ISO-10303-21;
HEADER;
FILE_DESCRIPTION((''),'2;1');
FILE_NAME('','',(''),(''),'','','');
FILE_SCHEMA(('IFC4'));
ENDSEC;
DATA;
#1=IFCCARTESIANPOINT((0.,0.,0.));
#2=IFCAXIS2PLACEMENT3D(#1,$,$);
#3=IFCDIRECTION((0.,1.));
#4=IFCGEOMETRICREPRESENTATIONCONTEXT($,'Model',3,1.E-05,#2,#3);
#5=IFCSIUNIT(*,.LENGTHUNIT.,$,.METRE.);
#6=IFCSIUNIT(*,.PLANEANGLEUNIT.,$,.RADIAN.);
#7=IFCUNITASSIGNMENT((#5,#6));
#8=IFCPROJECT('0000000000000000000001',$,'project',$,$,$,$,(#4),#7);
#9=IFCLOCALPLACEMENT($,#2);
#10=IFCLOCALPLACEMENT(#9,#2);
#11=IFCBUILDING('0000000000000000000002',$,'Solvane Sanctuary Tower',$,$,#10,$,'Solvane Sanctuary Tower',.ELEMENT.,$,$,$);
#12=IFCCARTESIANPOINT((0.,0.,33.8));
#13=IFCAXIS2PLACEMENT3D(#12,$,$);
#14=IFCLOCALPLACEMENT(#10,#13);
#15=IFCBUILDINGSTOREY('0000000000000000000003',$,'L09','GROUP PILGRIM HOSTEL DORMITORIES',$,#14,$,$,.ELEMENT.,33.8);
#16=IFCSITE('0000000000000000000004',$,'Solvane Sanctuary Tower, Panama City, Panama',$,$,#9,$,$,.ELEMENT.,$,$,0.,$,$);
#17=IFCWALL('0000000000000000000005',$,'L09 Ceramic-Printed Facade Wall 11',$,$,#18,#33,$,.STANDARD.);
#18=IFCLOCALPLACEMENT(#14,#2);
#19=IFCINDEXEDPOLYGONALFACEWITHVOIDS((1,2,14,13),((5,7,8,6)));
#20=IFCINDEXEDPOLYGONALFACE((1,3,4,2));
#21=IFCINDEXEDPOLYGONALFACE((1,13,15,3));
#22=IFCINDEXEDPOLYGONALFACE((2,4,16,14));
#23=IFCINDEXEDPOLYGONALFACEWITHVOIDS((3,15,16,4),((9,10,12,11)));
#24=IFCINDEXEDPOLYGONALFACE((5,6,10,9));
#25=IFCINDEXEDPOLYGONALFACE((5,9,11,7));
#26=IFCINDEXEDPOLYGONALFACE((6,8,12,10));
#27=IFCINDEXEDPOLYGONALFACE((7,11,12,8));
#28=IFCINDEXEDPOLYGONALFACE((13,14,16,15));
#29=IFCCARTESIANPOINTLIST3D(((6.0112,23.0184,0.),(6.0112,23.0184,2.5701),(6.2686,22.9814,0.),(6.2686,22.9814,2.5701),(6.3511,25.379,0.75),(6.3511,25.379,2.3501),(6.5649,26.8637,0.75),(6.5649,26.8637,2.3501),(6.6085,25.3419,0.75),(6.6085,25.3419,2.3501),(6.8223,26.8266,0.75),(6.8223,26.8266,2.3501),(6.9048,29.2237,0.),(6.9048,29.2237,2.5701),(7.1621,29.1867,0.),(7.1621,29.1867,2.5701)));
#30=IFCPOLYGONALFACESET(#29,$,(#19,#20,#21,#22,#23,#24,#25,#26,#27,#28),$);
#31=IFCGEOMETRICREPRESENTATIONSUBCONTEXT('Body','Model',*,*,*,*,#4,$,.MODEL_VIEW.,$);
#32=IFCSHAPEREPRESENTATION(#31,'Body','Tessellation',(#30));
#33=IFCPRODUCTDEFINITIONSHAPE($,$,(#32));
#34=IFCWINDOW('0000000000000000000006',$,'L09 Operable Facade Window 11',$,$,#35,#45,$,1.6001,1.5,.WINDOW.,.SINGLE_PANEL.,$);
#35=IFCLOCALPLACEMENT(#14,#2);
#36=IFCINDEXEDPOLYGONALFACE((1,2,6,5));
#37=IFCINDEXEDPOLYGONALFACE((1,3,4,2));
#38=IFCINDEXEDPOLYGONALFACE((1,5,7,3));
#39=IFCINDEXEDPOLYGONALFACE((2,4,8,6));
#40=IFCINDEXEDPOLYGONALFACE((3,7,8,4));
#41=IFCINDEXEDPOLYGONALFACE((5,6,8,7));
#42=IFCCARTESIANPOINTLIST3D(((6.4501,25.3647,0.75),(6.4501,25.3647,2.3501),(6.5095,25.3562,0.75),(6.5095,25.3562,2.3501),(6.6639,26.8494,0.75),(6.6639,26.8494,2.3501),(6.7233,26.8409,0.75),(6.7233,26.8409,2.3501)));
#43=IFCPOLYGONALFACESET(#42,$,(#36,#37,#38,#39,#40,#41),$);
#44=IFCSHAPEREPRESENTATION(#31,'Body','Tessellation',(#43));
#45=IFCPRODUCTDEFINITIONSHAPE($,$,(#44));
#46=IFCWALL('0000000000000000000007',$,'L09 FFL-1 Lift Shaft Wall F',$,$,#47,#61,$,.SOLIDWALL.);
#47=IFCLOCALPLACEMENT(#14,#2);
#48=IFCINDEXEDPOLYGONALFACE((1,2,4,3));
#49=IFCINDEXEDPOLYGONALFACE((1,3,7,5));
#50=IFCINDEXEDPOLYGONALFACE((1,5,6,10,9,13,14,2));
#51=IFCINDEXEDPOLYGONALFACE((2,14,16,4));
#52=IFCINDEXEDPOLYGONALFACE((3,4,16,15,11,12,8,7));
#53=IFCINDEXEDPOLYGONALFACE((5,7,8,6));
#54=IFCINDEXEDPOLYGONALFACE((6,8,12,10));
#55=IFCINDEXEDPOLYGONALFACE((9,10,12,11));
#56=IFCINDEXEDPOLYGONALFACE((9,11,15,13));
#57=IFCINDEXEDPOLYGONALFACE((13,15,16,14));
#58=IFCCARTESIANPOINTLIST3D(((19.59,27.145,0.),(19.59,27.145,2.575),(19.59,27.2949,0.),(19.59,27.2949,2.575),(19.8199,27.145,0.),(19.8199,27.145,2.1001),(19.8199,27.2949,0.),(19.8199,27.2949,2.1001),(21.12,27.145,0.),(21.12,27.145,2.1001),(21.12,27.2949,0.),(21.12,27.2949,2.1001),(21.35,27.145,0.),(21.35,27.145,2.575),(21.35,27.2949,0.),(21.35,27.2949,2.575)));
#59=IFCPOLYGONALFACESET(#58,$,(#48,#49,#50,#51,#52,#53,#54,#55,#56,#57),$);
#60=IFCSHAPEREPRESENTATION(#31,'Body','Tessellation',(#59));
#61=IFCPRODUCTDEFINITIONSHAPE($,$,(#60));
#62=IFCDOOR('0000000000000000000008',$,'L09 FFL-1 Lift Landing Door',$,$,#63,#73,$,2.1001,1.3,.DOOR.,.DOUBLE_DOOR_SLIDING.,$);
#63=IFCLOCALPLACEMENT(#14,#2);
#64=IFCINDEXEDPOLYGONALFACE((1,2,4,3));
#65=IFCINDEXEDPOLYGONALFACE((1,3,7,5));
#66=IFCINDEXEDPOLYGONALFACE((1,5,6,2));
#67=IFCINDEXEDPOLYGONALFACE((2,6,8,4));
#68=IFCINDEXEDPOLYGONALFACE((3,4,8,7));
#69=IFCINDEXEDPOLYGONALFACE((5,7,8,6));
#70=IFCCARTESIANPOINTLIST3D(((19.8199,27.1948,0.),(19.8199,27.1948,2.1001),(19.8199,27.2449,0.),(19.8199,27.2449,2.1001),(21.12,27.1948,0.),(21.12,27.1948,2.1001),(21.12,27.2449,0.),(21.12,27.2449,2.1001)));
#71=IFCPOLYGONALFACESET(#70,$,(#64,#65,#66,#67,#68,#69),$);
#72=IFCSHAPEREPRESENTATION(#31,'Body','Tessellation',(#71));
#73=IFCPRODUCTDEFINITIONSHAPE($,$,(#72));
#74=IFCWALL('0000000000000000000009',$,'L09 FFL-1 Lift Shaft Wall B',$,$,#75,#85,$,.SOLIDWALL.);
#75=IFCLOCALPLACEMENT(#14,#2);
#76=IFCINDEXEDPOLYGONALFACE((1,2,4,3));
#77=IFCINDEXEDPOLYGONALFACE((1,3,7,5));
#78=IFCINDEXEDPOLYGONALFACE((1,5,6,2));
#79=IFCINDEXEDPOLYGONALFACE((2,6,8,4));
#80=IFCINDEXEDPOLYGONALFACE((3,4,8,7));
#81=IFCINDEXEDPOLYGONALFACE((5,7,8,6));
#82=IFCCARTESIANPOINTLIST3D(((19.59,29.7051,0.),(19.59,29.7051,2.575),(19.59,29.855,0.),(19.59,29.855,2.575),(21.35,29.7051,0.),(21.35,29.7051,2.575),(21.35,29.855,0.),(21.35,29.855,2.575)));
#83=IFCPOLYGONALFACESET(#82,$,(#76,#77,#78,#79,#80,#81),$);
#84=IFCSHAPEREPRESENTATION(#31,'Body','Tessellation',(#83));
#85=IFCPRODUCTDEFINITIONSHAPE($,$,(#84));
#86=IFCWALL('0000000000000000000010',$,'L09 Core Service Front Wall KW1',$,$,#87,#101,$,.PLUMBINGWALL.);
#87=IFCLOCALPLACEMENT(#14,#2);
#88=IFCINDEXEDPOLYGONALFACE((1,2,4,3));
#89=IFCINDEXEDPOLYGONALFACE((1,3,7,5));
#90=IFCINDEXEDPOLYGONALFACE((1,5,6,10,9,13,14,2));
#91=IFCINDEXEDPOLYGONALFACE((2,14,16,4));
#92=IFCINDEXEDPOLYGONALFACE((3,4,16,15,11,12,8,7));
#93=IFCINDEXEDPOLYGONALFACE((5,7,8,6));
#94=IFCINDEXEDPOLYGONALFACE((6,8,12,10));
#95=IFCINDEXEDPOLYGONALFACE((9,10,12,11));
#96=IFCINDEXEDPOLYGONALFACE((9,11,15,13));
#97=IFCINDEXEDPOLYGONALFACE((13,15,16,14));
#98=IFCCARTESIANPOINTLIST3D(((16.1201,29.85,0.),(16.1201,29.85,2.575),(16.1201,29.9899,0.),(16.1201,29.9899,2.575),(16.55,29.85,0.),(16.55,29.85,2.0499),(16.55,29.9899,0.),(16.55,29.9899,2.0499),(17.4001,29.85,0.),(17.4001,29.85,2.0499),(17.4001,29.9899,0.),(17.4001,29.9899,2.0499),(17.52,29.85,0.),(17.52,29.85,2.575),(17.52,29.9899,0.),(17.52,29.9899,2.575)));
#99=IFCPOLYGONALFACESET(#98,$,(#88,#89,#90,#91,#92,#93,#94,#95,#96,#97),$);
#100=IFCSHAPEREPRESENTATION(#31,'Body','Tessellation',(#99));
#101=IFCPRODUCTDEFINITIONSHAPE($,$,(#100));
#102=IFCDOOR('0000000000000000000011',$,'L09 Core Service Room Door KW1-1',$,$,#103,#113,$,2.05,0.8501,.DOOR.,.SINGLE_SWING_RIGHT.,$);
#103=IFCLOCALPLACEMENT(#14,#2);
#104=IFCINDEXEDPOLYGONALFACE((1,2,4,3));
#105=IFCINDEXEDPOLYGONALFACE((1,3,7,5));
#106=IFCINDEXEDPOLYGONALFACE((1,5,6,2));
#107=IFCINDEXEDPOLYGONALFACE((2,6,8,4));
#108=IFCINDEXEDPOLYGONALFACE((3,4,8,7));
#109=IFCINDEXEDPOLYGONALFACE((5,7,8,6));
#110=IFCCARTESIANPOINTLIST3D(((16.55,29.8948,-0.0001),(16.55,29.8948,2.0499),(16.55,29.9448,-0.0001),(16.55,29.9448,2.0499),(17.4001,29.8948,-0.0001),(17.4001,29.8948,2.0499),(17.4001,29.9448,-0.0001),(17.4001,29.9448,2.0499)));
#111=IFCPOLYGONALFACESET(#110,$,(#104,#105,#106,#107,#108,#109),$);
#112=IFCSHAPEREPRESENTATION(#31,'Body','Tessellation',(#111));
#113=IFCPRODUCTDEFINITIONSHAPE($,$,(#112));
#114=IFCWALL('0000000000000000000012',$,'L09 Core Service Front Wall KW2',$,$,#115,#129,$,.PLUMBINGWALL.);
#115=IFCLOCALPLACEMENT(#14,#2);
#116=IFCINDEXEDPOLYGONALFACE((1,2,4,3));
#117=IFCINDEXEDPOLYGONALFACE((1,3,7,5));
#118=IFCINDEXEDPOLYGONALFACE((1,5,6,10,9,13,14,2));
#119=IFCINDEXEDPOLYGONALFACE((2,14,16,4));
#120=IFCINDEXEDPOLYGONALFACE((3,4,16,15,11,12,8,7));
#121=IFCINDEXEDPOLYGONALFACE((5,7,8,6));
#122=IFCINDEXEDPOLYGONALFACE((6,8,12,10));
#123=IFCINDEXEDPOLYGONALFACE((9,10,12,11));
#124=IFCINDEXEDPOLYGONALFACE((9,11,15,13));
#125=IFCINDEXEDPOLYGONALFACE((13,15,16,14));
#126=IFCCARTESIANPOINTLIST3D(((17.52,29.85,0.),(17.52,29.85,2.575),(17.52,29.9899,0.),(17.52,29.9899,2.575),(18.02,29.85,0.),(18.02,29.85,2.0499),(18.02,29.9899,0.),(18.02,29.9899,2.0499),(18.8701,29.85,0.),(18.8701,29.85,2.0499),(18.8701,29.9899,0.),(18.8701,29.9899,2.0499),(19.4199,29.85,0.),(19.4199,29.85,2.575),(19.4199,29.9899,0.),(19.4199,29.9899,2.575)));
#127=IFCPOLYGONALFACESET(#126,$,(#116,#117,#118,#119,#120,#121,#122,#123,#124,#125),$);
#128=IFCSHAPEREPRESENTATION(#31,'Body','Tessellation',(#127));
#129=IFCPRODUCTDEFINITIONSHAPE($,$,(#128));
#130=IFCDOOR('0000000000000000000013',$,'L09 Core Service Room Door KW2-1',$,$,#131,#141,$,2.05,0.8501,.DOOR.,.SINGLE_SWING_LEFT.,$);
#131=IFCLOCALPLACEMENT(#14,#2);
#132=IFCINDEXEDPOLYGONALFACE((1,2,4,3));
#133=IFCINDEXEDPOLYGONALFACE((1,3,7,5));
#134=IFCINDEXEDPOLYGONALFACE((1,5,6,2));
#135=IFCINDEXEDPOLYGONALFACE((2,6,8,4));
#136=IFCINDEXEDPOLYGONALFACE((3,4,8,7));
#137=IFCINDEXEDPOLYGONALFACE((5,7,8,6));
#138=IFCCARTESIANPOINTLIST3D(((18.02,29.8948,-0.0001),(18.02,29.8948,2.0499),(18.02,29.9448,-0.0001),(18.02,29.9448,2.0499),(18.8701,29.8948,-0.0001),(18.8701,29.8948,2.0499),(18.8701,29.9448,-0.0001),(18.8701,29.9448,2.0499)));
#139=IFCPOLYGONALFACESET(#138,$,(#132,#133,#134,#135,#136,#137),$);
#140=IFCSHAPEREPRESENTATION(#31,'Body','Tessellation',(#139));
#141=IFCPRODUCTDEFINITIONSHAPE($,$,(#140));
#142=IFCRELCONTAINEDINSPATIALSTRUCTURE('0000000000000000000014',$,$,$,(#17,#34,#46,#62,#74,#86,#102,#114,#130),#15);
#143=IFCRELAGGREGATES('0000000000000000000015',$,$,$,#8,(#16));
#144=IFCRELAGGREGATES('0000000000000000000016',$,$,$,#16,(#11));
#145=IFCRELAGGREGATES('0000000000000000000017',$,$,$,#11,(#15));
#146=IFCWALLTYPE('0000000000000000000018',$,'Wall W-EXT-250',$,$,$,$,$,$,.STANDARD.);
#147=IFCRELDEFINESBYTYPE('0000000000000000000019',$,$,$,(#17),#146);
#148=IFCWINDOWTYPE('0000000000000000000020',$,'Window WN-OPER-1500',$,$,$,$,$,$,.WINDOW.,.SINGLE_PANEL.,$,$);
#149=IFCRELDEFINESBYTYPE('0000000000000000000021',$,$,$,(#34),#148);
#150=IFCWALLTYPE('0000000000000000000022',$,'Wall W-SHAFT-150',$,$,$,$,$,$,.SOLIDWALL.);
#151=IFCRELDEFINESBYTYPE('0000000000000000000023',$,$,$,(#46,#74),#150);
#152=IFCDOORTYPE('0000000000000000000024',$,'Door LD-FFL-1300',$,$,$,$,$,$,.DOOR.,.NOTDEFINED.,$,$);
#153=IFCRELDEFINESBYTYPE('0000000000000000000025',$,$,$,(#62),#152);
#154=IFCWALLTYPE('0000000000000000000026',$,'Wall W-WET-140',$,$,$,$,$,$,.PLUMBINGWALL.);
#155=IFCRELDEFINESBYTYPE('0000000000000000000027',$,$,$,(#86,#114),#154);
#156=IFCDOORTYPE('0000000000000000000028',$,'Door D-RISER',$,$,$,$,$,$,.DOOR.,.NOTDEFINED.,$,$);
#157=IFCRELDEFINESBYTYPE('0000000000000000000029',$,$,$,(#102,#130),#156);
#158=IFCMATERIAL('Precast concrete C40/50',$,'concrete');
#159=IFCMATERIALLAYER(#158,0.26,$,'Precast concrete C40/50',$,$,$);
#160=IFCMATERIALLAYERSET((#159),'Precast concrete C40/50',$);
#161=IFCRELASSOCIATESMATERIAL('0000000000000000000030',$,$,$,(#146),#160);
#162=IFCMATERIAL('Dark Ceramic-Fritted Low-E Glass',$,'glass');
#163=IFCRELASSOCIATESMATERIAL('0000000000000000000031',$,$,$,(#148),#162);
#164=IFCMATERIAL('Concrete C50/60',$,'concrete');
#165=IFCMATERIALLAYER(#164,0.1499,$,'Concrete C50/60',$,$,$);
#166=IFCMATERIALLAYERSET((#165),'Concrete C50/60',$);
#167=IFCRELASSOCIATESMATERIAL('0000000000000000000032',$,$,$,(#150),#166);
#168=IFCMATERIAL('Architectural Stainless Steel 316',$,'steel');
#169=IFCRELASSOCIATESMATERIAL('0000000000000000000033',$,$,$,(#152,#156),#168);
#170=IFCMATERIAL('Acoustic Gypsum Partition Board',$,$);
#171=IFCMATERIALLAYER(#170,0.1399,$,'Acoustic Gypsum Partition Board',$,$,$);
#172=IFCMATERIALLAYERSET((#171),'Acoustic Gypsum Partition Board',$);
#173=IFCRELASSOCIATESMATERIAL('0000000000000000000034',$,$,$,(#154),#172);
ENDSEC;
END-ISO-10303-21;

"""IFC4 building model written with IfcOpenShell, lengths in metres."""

from ifc_helpers import new_model, si_unit, direction, frame, frame_2d, origin, place, context, subcontext, project, spatial, rectangle, extrude, material, layer, layer_set, type_object, element, fill, save


model = new_model("IFC4")

# Units and contexts
model_context = context("Model", 3, precision=1e-05, world=origin(), true_north=direction((0.0, 1.0)))
body_context = subcontext(model_context, "Body", "Model", "MODEL_VIEW")
ifc_project = project(units=[si_unit("LENGTHUNIT", "METRE"), si_unit("PLANEANGLEUNIT", "RADIAN")], contexts=[model_context])

# Site, building, storey
site_placement = place(None, origin())
site = spatial("IfcSite", under=ifc_project, at=site_placement, Name="Solvane Sanctuary Tower, Panama City, Panama", CompositionType="ELEMENT", RefElevation=0.0)
building_placement = place(site_placement, origin())
building = spatial("IfcBuilding", under=site, at=building_placement, Name="Solvane Sanctuary Tower", LongName="Solvane Sanctuary Tower", CompositionType="ELEMENT")
storey_placement = place(building_placement, frame((0.0, 0.0, 33.8)))
storey = spatial("IfcBuildingStorey", under=building, at=storey_placement, Name="L09", Description="GROUP PILGRIM HOSTEL DORMITORIES", CompositionType="ELEMENT", Elevation=33.8)

# Shared definitions
ifc_material_1 = material(Name="Acoustic Gypsum Partition Board")

# Shared definitions
ifc_material_2 = material(Name="Precast concrete C40/50", Category="concrete")
ifc_layer_1 = layer(ifc_material_2, 0.26, Name="Precast concrete C40/50")
ifc_layer_set_1 = layer_set([ifc_layer_1], Name="Precast concrete C40/50")
wall_type_1 = type_object("IfcWallType", Name="Wall W-EXT-250", PredefinedType="STANDARD", material=ifc_layer_set_1)

# Wall, opening, window
ifc_material_3 = material(Name="Dark Ceramic-Fritted Low-E Glass", Category="glass")
wall_1_placement = place(storey_placement, frame((7.0334, 29.2053, 0.0), z_axis=(0.0, 0.0, 1.0), x_axis=(-0.142528, -0.989791, 0.0)))
wall_1 = element("IfcWall", 1, at=wall_1_placement, inside=storey, type_object=wall_type_1, Name="L09 Ceramic-Printed Facade Wall 11", PredefinedType="STANDARD", context=body_context, shape_type="SweptSolid", body=[
    extrude(rectangle(XDim=6.2693, YDim=0.26, at=frame_2d((3.1348, 0.0))), origin(), (0.0, 0.0, 1.0), 2.5701),
])
opening_1_placement = place(wall_1_placement, frame((2.3845, 0.0, 0.75)))
opening_1 = element("IfcOpeningElement", 2, at=opening_1_placement, cuts=wall_1, PredefinedType="OPENING", context=body_context, shape_type="SweptSolid", body=[
    extrude(rectangle(XDim=1.5, YDim=1.6001, at=frame_2d((0.75, 0.8))), frame((0.0, 0.1399, 0.0), z_axis=(0.0, -1.0, 0.0), x_axis=(1.0, 0.0, 0.0)), (0.0, 0.0, 1.0), 0.28),
])
window_type_1 = type_object("IfcWindowType", Name="Window WN-OPER-1500", PartitioningType="SINGLE_PANEL", PredefinedType="WINDOW", material=ifc_material_3)
window_1_placement = place(opening_1_placement, origin())
window_1 = element("IfcWindow", 3, at=window_1_placement, inside=storey, type_object=window_type_1, Name="L09 Operable Facade Window 11", OverallHeight=1.6001, OverallWidth=1.5, PartitioningType="SINGLE_PANEL", PredefinedType="WINDOW", context=body_context, shape_type="SweptSolid", body=[
    extrude(rectangle(XDim=1.5, YDim=1.6001, at=frame_2d((0.75, 0.8))), frame((0.0, 0.03, 0.0), z_axis=(0.0, -1.0, 0.0), x_axis=(1.0, 0.0, 0.0)), (0.0, 0.0, 1.0), 0.0601),
])
fill(opening_1, window_1)

# Wall, opening, door
ifc_material_4 = material(Name="Concrete C50/60", Category="concrete")
ifc_layer_2 = layer(ifc_material_4, 0.1499, Name="Concrete C50/60")
ifc_layer_set_2 = layer_set([ifc_layer_2], Name="Concrete C50/60")
wall_type_2 = type_object("IfcWallType", Name="Wall W-SHAFT-150", PredefinedType="SOLIDWALL", material=ifc_layer_set_2)
wall_2_placement = place(storey_placement, frame((19.5901, 27.22, 0.0), z_axis=(0.0, 0.0, 1.0), x_axis=(1.0, 0.0, 0.0)))
wall_2 = element("IfcWall", 4, at=wall_2_placement, inside=storey, type_object=wall_type_2, Name="L09 FFL-1 Lift Shaft Wall F", PredefinedType="SOLIDWALL", context=body_context, shape_type="SweptSolid", body=[
    extrude(rectangle(XDim=1.76, YDim=0.1499, at=frame_2d((0.8799, 0.0))), origin(), (0.0, 0.0, 1.0), 2.575),
])
opening_2_placement = place(wall_2_placement, frame((0.23, 0.0, 0.0)))
opening_2 = element("IfcOpeningElement", 5, at=opening_2_placement, cuts=wall_2, PredefinedType="OPENING", context=body_context, shape_type="SweptSolid", body=[
    extrude(rectangle(XDim=1.3, YDim=2.1001, at=frame_2d((0.6499, 1.05))), frame((0.0, 0.085, 0.0), z_axis=(0.0, -1.0, 0.0), x_axis=(1.0, 0.0, 0.0)), (0.0, 0.0, 1.0), 0.1699),
])
ifc_material_5 = material(Name="Architectural Stainless Steel 316", Category="steel")
door_type_1 = type_object("IfcDoorType", Name="Door LD-FFL-1300", OperationType="NOTDEFINED", PredefinedType="DOOR", material=ifc_material_5)
door_1_placement = place(opening_2_placement, origin())
door_1 = element("IfcDoor", 6, at=door_1_placement, inside=storey, type_object=door_type_1, Name="L09 FFL-1 Lift Landing Door", OperationType="DOUBLE_DOOR_SLIDING", OverallHeight=2.1001, OverallWidth=1.3, PredefinedType="DOOR", context=body_context, shape_type="SweptSolid", body=[
    extrude(rectangle(XDim=1.3, YDim=2.1001, at=frame_2d((0.6499, 1.05))), frame((0.0, 0.0249, 0.0), z_axis=(0.0, -1.0, 0.0), x_axis=(1.0, 0.0, 0.0)), (0.0, 0.0, 1.0), 0.05),
])
fill(opening_2, door_1)

# Wall
wall_3_placement = place(storey_placement, frame((19.5901, 29.78, 0.0), z_axis=(0.0, 0.0, 1.0), x_axis=(1.0, 0.0, 0.0)))
element("IfcWall", 7, at=wall_3_placement, inside=storey, type_object=wall_type_2, Name="L09 FFL-1 Lift Shaft Wall B", PredefinedType="SOLIDWALL", context=body_context, shape_type="SweptSolid", body=[
    extrude(rectangle(XDim=1.76, YDim=0.1499, at=frame_2d((0.8799, 0.0))), origin(), (0.0, 0.0, 1.0), 2.575),
])

# Walls, openings, doors
ifc_layer_3 = layer(ifc_material_1, 0.1399, Name="Acoustic Gypsum Partition Board")
ifc_layer_set_3 = layer_set([ifc_layer_3], Name="Acoustic Gypsum Partition Board")
wall_type_3 = type_object("IfcWallType", Name="Wall W-WET-140", PredefinedType="PLUMBINGWALL", material=ifc_layer_set_3)
wall_4_placement = place(storey_placement, frame((16.1201, 29.9199, 0.0), z_axis=(0.0, 0.0, 1.0), x_axis=(1.0, 0.0, 0.0)))
wall_4 = element("IfcWall", 8, at=wall_4_placement, inside=storey, type_object=wall_type_3, Name="L09 Core Service Front Wall KW1", PredefinedType="PLUMBINGWALL", context=body_context, shape_type="SweptSolid", body=[
    extrude(rectangle(XDim=1.3999, YDim=0.1399, at=frame_2d((0.7, 0.0))), origin(), (0.0, 0.0, 1.0), 2.575),
])
opening_3_placement = place(wall_4_placement, frame((0.4299, 0.0, 0.0)))
opening_3 = element("IfcOpeningElement", 9, at=opening_3_placement, cuts=wall_4, PredefinedType="OPENING", context=body_context, shape_type="SweptSolid", body=[
    extrude(rectangle(XDim=0.8501, YDim=2.05, at=frame_2d((0.425, 1.0249))), frame((0.0, 0.0798, 0.0), z_axis=(0.0, -1.0, 0.0), x_axis=(1.0, 0.0, 0.0)), (0.0, 0.0, 1.0), 0.1599),
])
door_type_2 = type_object("IfcDoorType", Name="Door D-RISER", OperationType="NOTDEFINED", PredefinedType="DOOR", material=ifc_material_5)
door_2_placement = place(opening_3_placement, origin())
door_2 = element("IfcDoor", 10, at=door_2_placement, inside=storey, type_object=door_type_2, Name="L09 Core Service Room Door KW1-1", OperationType="SINGLE_SWING_RIGHT", OverallHeight=2.05, OverallWidth=0.8501, PredefinedType="DOOR", context=body_context, shape_type="SweptSolid", body=[
    extrude(rectangle(XDim=0.8501, YDim=2.05, at=frame_2d((0.425, 1.0249))), frame((0.0, 0.0249, 0.0), z_axis=(0.0, -1.0, 0.0), x_axis=(1.0, 0.0, 0.0)), (0.0, 0.0, 1.0), 0.05),
])
fill(opening_3, door_2)
wall_5_placement = place(storey_placement, frame((17.52, 29.9199, 0.0), z_axis=(0.0, 0.0, 1.0), x_axis=(1.0, 0.0, 0.0)))
wall_5 = element("IfcWall", 11, at=wall_5_placement, inside=storey, type_object=wall_type_3, Name="L09 Core Service Front Wall KW2", PredefinedType="PLUMBINGWALL", context=body_context, shape_type="SweptSolid", body=[
    extrude(rectangle(XDim=1.8999, YDim=0.1399, at=frame_2d((0.95, 0.0))), origin(), (0.0, 0.0, 1.0), 2.575),
])
opening_4_placement = place(wall_5_placement, frame((0.5, 0.0, 0.0)))
opening_4 = element("IfcOpeningElement", 12, at=opening_4_placement, cuts=wall_5, PredefinedType="OPENING", context=body_context, shape_type="SweptSolid", body=[
    extrude(rectangle(XDim=0.8501, YDim=2.05, at=frame_2d((0.425, 1.0249))), frame((0.0, 0.0798, 0.0), z_axis=(0.0, -1.0, 0.0), x_axis=(1.0, 0.0, 0.0)), (0.0, 0.0, 1.0), 0.1599),
])
door_3_placement = place(opening_4_placement, origin())
door_3 = element("IfcDoor", 13, at=door_3_placement, inside=storey, type_object=door_type_2, Name="L09 Core Service Room Door KW2-1", OperationType="SINGLE_SWING_LEFT", OverallHeight=2.05, OverallWidth=0.8501, PredefinedType="DOOR", context=body_context, shape_type="SweptSolid", body=[
    extrude(rectangle(XDim=0.8501, YDim=2.05, at=frame_2d((0.425, 1.0249))), frame((0.0, 0.0249, 0.0), z_axis=(0.0, -1.0, 0.0), x_axis=(1.0, 0.0, 0.0)), (0.0, 0.0, 1.0), 0.05),
])
fill(opening_4, door_3)

save(model, "model.ifc")
